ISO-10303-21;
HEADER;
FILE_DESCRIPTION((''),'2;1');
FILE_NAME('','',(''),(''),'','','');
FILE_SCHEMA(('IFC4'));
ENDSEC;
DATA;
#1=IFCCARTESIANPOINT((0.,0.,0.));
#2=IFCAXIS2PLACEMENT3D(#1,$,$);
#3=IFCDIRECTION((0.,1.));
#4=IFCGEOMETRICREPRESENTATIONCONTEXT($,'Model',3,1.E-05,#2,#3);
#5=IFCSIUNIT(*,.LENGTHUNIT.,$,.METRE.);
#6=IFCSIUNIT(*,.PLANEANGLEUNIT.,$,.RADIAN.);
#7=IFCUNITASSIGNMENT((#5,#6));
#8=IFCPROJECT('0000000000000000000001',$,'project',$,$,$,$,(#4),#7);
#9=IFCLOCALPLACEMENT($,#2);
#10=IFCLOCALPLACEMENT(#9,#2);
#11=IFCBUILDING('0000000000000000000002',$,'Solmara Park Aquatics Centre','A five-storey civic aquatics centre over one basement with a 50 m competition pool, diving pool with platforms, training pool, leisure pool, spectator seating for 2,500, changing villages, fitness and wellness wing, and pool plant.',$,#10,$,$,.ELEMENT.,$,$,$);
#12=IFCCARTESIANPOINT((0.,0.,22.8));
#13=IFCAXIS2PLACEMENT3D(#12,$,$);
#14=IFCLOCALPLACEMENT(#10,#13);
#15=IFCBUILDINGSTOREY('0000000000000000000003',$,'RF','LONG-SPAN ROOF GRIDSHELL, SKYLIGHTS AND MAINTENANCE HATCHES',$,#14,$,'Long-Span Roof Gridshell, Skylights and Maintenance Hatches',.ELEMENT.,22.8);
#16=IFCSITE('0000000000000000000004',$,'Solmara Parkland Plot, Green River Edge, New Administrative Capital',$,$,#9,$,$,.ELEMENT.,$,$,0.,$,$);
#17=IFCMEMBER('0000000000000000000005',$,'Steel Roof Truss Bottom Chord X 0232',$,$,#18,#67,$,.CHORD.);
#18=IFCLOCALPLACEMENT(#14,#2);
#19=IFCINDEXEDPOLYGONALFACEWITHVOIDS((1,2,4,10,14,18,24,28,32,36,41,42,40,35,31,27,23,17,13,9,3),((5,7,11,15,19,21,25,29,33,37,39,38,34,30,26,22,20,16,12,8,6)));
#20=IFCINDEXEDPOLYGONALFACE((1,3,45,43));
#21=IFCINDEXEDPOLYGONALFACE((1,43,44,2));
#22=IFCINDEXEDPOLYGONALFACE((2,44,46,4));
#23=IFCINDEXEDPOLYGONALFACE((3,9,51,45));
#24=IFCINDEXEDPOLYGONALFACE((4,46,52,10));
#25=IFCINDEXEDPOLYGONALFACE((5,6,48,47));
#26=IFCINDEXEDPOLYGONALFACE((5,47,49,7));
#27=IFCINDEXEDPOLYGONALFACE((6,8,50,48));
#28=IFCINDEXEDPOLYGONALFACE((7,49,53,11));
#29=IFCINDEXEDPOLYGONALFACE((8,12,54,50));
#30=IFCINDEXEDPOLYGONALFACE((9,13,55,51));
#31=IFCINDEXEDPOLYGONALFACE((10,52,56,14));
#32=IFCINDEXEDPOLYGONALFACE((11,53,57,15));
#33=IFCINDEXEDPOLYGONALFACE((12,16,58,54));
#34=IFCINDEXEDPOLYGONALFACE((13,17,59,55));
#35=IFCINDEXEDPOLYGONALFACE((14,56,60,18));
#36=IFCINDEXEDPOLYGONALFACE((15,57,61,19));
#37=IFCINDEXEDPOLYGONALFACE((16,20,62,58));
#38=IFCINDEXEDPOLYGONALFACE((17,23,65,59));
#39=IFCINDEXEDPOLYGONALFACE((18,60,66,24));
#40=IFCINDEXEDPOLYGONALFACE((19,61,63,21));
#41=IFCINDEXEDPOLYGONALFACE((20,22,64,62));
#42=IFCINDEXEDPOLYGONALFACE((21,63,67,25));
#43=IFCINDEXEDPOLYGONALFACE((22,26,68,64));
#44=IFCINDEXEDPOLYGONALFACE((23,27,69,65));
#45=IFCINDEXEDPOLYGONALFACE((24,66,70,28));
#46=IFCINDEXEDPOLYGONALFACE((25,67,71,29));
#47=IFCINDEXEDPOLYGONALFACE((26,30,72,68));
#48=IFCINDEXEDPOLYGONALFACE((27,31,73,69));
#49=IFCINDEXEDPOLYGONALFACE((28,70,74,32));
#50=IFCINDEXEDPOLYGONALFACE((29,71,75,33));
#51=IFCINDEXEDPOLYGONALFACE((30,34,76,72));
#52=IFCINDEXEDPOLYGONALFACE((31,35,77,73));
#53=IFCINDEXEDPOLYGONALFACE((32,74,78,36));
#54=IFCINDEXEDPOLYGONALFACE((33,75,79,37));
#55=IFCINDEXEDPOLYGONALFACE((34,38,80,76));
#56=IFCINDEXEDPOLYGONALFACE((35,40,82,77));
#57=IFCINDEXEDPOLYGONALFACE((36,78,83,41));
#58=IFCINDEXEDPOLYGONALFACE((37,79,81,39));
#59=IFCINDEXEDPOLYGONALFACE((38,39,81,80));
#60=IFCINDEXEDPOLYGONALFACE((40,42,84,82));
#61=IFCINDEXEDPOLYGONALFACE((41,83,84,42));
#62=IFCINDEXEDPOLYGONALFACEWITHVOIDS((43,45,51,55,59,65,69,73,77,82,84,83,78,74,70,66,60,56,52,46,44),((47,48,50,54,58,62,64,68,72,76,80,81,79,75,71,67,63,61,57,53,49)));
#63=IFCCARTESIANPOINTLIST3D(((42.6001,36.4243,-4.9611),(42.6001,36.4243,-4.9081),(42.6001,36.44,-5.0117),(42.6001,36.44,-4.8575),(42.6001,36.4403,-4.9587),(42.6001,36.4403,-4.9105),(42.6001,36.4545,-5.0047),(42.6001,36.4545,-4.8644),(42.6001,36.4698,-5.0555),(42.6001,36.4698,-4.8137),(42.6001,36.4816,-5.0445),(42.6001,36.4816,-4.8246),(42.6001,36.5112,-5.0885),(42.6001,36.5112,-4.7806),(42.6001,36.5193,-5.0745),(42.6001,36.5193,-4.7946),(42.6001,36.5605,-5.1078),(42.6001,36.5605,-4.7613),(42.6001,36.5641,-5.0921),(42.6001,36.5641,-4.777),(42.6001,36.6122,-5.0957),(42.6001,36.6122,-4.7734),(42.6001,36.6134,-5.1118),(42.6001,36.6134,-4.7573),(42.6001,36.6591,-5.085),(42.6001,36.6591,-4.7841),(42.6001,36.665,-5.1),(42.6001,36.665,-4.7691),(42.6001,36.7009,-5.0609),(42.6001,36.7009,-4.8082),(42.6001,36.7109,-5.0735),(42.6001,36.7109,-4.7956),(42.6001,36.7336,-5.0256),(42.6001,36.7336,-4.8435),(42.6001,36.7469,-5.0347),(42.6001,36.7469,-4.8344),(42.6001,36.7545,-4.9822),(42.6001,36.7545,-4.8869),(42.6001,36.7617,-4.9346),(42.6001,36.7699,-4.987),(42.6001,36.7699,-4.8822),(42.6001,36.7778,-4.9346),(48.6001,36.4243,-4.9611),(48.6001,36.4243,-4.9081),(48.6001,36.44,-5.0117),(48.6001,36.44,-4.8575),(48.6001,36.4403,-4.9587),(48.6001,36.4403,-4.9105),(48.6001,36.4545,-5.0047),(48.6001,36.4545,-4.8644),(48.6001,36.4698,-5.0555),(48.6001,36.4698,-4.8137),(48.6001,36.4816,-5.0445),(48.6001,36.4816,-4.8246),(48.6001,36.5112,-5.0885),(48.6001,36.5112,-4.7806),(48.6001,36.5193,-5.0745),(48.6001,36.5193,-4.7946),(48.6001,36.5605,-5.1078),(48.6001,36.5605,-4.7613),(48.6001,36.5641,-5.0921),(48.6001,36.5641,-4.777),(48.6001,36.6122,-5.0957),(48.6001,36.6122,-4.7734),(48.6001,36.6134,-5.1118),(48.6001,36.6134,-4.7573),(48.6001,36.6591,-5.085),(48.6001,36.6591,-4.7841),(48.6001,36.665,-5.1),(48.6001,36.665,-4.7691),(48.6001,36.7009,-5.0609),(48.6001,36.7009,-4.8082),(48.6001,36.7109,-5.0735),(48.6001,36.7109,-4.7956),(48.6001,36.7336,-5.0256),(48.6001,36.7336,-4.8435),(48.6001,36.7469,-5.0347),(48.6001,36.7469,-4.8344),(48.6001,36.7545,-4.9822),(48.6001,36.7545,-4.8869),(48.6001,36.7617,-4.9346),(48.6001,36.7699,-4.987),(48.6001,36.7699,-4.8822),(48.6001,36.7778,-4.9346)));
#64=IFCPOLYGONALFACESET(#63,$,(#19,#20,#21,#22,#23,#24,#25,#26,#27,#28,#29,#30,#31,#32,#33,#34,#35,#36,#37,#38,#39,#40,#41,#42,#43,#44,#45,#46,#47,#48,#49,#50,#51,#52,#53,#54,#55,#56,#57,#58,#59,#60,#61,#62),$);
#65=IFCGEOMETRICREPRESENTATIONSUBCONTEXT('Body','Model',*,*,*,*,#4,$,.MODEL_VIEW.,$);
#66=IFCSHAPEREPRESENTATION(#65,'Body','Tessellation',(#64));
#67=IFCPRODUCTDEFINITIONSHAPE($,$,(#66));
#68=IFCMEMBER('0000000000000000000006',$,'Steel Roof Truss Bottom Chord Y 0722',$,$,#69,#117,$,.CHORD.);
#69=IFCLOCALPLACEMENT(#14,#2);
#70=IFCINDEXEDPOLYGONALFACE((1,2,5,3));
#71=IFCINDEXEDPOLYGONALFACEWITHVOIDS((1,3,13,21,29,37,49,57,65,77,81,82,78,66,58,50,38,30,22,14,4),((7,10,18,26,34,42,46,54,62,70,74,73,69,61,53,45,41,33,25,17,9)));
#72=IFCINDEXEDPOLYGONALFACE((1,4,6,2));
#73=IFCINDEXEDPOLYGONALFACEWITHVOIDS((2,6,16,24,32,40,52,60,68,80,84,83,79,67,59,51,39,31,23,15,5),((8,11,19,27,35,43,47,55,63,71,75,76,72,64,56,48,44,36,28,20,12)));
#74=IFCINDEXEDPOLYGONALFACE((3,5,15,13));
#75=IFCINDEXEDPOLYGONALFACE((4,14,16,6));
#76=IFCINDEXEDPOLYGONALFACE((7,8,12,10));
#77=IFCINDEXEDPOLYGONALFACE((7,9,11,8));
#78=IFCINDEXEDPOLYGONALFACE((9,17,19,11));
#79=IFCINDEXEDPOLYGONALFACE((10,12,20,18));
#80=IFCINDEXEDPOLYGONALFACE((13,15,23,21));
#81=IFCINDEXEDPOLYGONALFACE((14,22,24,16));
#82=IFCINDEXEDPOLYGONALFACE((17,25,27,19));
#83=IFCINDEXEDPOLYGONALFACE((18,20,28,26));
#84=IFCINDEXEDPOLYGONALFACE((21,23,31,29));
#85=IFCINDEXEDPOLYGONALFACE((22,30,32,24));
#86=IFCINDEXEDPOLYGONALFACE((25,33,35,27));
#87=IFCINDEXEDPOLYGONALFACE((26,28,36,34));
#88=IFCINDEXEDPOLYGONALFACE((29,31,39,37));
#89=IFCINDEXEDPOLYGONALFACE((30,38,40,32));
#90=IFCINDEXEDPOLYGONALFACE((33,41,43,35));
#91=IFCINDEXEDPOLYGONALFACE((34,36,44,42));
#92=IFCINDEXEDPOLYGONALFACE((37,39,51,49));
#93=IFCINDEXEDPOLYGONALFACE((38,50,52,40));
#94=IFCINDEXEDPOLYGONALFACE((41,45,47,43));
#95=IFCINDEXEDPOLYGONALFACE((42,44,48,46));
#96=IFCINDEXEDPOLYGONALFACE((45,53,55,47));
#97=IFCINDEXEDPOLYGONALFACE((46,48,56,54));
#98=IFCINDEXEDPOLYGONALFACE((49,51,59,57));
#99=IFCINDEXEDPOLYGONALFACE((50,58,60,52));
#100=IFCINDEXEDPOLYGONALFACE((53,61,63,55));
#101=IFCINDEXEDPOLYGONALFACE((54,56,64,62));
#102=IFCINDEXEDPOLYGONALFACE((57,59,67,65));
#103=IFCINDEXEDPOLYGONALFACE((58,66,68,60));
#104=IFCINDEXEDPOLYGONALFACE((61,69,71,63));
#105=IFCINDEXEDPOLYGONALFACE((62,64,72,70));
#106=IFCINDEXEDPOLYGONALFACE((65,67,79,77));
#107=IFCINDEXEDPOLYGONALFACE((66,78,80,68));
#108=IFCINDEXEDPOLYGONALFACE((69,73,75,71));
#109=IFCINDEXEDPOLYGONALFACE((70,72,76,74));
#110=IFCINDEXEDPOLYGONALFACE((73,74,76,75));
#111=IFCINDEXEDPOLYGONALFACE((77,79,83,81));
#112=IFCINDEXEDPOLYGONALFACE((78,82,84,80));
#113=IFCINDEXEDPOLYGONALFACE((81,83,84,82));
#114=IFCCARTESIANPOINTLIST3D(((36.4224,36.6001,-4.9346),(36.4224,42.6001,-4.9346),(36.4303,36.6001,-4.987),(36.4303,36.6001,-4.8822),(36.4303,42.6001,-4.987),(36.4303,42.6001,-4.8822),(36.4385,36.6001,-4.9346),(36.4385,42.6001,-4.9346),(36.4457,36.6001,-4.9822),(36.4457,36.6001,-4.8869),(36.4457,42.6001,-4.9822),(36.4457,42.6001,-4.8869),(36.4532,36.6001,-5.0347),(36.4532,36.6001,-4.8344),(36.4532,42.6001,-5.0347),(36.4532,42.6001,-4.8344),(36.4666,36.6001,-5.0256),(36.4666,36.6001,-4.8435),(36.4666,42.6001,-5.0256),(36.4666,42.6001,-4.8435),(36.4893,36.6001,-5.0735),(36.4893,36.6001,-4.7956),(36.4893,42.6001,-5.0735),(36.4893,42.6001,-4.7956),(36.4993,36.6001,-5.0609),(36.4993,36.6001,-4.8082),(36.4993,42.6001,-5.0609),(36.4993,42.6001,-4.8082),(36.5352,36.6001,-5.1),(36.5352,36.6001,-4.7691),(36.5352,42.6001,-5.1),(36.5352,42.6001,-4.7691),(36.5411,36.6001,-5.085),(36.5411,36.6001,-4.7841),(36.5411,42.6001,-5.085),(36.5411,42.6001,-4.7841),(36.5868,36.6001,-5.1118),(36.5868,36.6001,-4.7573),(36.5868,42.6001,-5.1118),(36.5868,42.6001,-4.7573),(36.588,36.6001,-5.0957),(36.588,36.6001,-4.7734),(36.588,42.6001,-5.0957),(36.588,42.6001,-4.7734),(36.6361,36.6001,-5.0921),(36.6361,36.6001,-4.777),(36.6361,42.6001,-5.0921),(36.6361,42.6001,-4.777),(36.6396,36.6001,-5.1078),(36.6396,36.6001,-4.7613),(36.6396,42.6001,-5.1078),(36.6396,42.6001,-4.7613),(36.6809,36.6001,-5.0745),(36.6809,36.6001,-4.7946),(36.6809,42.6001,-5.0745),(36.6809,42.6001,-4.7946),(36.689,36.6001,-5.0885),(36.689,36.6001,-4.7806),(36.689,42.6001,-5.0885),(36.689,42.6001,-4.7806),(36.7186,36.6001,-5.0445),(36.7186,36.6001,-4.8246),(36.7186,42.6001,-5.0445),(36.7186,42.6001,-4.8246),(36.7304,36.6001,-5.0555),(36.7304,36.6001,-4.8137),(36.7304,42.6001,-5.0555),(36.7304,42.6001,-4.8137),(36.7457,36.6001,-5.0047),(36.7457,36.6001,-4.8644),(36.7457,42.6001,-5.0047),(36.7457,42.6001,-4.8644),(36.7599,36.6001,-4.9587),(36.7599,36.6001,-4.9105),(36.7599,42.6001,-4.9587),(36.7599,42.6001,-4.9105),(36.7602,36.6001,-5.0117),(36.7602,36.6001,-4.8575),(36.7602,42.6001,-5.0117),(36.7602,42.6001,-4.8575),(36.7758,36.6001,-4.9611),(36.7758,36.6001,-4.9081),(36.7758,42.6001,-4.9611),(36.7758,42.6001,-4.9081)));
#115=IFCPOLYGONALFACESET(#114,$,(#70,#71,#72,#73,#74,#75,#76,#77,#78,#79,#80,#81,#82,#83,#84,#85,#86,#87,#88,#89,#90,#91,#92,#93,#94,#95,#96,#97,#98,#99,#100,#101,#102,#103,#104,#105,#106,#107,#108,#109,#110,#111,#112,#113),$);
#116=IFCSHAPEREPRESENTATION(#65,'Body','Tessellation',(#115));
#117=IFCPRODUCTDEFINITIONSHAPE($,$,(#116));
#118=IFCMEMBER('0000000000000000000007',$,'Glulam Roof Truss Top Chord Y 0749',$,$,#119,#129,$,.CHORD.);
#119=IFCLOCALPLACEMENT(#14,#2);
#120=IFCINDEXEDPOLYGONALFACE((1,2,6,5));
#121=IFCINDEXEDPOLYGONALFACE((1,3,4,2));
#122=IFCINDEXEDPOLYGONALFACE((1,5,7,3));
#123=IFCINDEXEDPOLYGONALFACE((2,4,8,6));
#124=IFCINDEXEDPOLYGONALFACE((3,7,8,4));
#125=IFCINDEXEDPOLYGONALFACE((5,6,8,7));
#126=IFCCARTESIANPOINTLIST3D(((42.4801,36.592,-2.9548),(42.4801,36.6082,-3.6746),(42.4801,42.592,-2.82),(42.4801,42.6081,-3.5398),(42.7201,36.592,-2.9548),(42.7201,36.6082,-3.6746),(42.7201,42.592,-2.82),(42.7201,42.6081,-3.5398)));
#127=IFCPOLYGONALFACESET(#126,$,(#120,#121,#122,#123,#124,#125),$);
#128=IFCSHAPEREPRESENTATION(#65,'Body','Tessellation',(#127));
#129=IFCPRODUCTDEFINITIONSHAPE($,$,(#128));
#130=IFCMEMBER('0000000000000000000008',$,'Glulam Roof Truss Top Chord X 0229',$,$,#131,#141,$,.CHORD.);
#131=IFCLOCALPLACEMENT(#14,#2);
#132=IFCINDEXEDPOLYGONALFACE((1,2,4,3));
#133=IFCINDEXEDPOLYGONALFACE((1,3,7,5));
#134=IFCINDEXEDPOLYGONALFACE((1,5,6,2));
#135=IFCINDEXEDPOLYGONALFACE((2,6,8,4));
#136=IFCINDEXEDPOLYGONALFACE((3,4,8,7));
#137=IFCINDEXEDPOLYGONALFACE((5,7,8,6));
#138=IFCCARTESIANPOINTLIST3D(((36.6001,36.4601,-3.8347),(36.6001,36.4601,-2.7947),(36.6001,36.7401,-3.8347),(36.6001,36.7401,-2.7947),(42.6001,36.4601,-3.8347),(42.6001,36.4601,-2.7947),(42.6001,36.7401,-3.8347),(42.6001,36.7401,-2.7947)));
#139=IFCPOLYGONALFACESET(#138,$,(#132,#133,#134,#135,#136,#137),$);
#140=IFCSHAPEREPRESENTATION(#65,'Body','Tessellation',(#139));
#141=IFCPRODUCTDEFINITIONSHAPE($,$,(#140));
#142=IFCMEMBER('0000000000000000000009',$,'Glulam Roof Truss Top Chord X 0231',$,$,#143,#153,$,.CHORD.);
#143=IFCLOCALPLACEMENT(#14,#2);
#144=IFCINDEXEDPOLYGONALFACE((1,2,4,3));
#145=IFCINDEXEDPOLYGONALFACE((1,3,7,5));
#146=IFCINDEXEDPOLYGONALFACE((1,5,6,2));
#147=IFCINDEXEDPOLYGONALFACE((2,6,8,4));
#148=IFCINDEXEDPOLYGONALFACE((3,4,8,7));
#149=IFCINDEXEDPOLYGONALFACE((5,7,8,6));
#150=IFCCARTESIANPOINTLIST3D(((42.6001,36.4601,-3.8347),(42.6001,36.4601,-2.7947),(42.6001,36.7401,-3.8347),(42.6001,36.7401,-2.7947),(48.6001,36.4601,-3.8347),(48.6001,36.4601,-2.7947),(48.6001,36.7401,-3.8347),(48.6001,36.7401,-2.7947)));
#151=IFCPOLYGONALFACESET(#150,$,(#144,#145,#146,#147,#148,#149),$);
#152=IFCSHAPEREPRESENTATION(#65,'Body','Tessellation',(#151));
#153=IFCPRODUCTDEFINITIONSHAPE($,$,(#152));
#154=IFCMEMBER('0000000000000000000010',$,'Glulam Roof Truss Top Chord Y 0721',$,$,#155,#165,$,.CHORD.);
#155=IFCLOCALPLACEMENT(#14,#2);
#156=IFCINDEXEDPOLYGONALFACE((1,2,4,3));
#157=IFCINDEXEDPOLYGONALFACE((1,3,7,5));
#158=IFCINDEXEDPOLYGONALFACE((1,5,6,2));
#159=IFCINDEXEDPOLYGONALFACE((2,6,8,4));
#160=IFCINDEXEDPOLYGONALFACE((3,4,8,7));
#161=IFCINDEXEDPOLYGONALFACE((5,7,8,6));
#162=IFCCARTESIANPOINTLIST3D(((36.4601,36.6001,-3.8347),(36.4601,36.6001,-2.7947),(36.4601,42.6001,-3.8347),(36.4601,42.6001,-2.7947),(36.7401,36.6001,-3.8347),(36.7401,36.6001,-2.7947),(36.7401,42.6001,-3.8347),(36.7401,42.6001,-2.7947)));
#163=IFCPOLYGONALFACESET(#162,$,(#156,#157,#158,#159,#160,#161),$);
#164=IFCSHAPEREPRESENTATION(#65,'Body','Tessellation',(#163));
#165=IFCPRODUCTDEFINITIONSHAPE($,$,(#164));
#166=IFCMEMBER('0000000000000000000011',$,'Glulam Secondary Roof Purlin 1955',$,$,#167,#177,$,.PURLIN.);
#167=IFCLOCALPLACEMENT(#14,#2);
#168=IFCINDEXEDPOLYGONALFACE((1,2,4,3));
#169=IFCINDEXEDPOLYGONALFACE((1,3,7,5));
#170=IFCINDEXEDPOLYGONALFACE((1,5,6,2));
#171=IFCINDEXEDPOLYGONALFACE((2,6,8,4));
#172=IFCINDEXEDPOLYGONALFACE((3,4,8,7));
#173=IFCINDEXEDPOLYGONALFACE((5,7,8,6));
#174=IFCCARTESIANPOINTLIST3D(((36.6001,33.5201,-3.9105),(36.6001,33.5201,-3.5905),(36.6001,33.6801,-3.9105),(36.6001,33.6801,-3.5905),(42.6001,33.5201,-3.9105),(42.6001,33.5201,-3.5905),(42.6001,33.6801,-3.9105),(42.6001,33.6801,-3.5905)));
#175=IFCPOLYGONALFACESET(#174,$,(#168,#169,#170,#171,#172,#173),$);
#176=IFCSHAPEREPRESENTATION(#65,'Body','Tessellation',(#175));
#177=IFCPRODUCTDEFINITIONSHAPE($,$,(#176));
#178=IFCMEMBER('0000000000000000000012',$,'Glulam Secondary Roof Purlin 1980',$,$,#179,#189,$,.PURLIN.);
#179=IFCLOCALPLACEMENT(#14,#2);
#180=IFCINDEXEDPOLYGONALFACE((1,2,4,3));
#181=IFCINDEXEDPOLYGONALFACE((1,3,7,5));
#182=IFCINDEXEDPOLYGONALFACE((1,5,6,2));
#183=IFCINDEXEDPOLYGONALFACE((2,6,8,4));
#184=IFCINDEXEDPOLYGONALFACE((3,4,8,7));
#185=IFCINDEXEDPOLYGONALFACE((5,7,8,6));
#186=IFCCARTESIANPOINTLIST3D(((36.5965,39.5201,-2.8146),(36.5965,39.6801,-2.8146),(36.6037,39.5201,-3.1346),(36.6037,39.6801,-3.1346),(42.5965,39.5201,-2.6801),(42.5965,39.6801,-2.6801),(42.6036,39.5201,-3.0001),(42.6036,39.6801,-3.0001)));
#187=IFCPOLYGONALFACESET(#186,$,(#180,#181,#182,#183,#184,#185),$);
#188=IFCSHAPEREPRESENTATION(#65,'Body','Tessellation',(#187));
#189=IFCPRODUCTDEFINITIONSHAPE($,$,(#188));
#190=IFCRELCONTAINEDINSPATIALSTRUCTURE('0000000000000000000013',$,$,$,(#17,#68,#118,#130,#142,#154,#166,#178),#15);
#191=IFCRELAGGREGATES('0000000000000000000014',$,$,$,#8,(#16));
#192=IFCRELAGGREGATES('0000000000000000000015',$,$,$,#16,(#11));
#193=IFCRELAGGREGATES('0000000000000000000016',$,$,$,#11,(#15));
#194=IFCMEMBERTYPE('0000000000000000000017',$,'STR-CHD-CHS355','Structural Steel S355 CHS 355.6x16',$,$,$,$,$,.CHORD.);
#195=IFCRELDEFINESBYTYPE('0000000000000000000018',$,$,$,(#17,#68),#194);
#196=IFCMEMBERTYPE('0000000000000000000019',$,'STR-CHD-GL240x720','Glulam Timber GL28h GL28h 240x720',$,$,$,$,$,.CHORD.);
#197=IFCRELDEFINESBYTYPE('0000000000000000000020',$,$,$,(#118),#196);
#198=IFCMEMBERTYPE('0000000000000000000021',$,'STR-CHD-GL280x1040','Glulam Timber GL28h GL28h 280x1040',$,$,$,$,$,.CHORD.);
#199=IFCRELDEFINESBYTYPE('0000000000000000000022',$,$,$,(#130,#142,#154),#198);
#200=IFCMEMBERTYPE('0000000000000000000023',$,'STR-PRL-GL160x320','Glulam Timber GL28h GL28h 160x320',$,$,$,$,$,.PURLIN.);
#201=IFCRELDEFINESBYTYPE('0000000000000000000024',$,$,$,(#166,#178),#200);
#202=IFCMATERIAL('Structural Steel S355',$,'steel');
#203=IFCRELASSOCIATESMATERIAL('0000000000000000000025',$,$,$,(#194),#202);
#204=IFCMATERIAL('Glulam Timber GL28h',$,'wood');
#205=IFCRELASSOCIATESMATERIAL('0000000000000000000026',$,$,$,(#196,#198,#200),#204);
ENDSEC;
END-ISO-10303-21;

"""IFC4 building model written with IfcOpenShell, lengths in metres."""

from ifc_helpers import new_model, si_unit, direction, frame, origin, origin_2d, place, context, subcontext, project, spatial, rectangle, hollow_circle, extrude, material, material_profile, profile_set, type_object, element, save


model = new_model("IFC4")

# Units and contexts
model_context = context("Model", 3, precision=1e-05, world=origin(), true_north=direction((0.0, 1.0)))
body_context = subcontext(model_context, "Body", "Model", "MODEL_VIEW")
ifc_project = project(units=[si_unit("LENGTHUNIT", "METRE"), si_unit("PLANEANGLEUNIT", "RADIAN")], contexts=[model_context])

# Site, building, storey
site_placement = place(None, origin())
site = spatial("IfcSite", under=ifc_project, at=site_placement, Name="Solmara Parkland Plot, Green River Edge, New Administrative Capital", CompositionType="ELEMENT", RefElevation=0.0)
building_placement = place(site_placement, origin())
building = spatial("IfcBuilding", under=site, at=building_placement, Name="Solmara Park Aquatics Centre", Description="A five-storey civic aquatics centre over one basement with a 50 m competition pool, diving pool with platforms, training pool, leisure pool, spectator seating for 2,500, changing villages, fitness and wellness wing, and pool plant.", CompositionType="ELEMENT")
storey_placement = place(building_placement, frame((0.0, 0.0, 22.8)))
storey = spatial("IfcBuildingStorey", under=building, at=storey_placement, Name="RF", Description="LONG-SPAN ROOF GRIDSHELL, SKYLIGHTS AND MAINTENANCE HATCHES", LongName="Long-Span Roof Gridshell, Skylights and Maintenance Hatches", CompositionType="ELEMENT", Elevation=22.8)

# Members
ifc_material_1 = material(Name="Structural Steel S355", Category="steel")
ifc_material_profile_1 = material_profile(ifc_material_1, hollow_circle(Radius=0.1777, WallThickness=0.0161, at=origin_2d()), Name="CHS 355.6x16")
ifc_profile_set_1 = profile_set([ifc_material_profile_1], Name="Structural Steel S355")
member_type_1 = type_object("IfcMemberType", Name="STR-CHD-CHS355", Description="Structural Steel S355 CHS 355.6x16", PredefinedType="CHORD", material=ifc_profile_set_1)
for number, where, z_axis, x_axis, name in (
    (1, (42.6001, 36.6001, -4.9346), (1.0, 0.0, 0.0), (0.0, 1.0, 0.0), "Steel Roof Truss Bottom Chord X 0232"),
    (2, (36.6001, 36.6001, -4.9346), (0.0, 1.0, 0.0), (-1.0, 0.0, 0.0), "Steel Roof Truss Bottom Chord Y 0722"),
):
    element("IfcMember", number, at=place(storey_placement, frame(where, z_axis=z_axis, x_axis=x_axis)), inside=storey, type_object=member_type_1, Name=name, PredefinedType="CHORD", context=body_context, shape_type="SweptSolid", body=[
        extrude(hollow_circle(Radius=0.1777, WallThickness=0.0161, at=origin_2d()), origin(), (0.0, 0.0, 1.0), 6.0),
    ])
ifc_material_2 = material(Name="Glulam Timber GL28h", Category="wood")
ifc_material_profile_2 = material_profile(ifc_material_2, rectangle(XDim=0.24, YDim=0.72, at=origin_2d()), Name="GL28h 240x720")
ifc_profile_set_2 = profile_set([ifc_material_profile_2], Name="Glulam Timber GL28h")
member_type_2 = type_object("IfcMemberType", Name="STR-CHD-GL240x720", Description="Glulam Timber GL28h GL28h 240x720", PredefinedType="CHORD", material=ifc_profile_set_2)
member_1_placement = place(storey_placement, frame((42.6001, 36.6001, -3.3147), z_axis=(0.0, 0.999748, 0.022455), x_axis=(-1.0, 0.0, 0.0)))
element("IfcMember", 3, at=member_1_placement, inside=storey, type_object=member_type_2, Name="Glulam Roof Truss Top Chord Y 0749", PredefinedType="CHORD", context=body_context, shape_type="SweptSolid", body=[
    extrude(rectangle(XDim=0.24, YDim=0.72, at=origin_2d()), origin(), (0.0, 0.0, 1.0), 6.0015),
])
ifc_material_profile_3 = material_profile(ifc_material_2, rectangle(XDim=0.28, YDim=1.04, at=origin_2d()), Name="GL28h 280x1040")
ifc_profile_set_3 = profile_set([ifc_material_profile_3], Name="Glulam Timber GL28h")
member_type_3 = type_object("IfcMemberType", Name="STR-CHD-GL280x1040", Description="Glulam Timber GL28h GL28h 280x1040", PredefinedType="CHORD", material=ifc_profile_set_3)
for number, where, z_axis, x_axis, name in (
    (4, (36.6001, 36.6001, -3.3147), (1.0, 0.0, 0.0), (0.0, 1.0, 0.0), "Glulam Roof Truss Top Chord X 0229"),
    (5, (42.6001, 36.6001, -3.3147), (1.0, 0.0, 0.0), (0.0, 1.0, 0.0), "Glulam Roof Truss Top Chord X 0231"),
    (6, (36.6001, 36.6001, -3.3147), (0.0, 1.0, 0.0), (-1.0, 0.0, 0.0), "Glulam Roof Truss Top Chord Y 0721"),
):
    element("IfcMember", number, at=place(storey_placement, frame(where, z_axis=z_axis, x_axis=x_axis)), inside=storey, type_object=member_type_3, Name=name, PredefinedType="CHORD", context=body_context, shape_type="SweptSolid", body=[
        extrude(rectangle(XDim=0.28, YDim=1.04, at=origin_2d()), origin(), (0.0, 0.0, 1.0), 6.0),
    ])
ifc_material_profile_4 = material_profile(ifc_material_2, rectangle(XDim=0.1599, YDim=0.3201, at=origin_2d()), Name="GL28h 160x320")
ifc_profile_set_4 = profile_set([ifc_material_profile_4], Name="Glulam Timber GL28h")
member_type_4 = type_object("IfcMemberType", Name="STR-PRL-GL160x320", Description="Glulam Timber GL28h GL28h 160x320", PredefinedType="PURLIN", material=ifc_profile_set_4)
member_2_placement = place(storey_placement, frame((36.6001, 33.6001, -3.7505), z_axis=(1.0, 0.0, 0.0), x_axis=(0.0, 1.0, 0.0)))
element("IfcMember", 7, at=member_2_placement, inside=storey, type_object=member_type_4, Name="Glulam Secondary Roof Purlin 1955", PredefinedType="PURLIN", context=body_context, shape_type="SweptSolid", body=[
    extrude(rectangle(XDim=0.1599, YDim=0.3201, at=origin_2d()), origin(), (0.0, 0.0, 1.0), 6.0),
])
member_3_placement = place(storey_placement, frame((36.6001, 39.6001, -2.9746), z_axis=(0.999749, 0.0, 0.022415), x_axis=(0.0, 1.0, 0.0)))
element("IfcMember", 8, at=member_3_placement, inside=storey, type_object=member_type_4, Name="Glulam Secondary Roof Purlin 1980", PredefinedType="PURLIN", context=body_context, shape_type="SweptSolid", body=[
    extrude(rectangle(XDim=0.1599, YDim=0.3201, at=origin_2d()), origin(), (0.0, 0.0, 1.0), 6.0015),
])

save(model, "model.ifc")
